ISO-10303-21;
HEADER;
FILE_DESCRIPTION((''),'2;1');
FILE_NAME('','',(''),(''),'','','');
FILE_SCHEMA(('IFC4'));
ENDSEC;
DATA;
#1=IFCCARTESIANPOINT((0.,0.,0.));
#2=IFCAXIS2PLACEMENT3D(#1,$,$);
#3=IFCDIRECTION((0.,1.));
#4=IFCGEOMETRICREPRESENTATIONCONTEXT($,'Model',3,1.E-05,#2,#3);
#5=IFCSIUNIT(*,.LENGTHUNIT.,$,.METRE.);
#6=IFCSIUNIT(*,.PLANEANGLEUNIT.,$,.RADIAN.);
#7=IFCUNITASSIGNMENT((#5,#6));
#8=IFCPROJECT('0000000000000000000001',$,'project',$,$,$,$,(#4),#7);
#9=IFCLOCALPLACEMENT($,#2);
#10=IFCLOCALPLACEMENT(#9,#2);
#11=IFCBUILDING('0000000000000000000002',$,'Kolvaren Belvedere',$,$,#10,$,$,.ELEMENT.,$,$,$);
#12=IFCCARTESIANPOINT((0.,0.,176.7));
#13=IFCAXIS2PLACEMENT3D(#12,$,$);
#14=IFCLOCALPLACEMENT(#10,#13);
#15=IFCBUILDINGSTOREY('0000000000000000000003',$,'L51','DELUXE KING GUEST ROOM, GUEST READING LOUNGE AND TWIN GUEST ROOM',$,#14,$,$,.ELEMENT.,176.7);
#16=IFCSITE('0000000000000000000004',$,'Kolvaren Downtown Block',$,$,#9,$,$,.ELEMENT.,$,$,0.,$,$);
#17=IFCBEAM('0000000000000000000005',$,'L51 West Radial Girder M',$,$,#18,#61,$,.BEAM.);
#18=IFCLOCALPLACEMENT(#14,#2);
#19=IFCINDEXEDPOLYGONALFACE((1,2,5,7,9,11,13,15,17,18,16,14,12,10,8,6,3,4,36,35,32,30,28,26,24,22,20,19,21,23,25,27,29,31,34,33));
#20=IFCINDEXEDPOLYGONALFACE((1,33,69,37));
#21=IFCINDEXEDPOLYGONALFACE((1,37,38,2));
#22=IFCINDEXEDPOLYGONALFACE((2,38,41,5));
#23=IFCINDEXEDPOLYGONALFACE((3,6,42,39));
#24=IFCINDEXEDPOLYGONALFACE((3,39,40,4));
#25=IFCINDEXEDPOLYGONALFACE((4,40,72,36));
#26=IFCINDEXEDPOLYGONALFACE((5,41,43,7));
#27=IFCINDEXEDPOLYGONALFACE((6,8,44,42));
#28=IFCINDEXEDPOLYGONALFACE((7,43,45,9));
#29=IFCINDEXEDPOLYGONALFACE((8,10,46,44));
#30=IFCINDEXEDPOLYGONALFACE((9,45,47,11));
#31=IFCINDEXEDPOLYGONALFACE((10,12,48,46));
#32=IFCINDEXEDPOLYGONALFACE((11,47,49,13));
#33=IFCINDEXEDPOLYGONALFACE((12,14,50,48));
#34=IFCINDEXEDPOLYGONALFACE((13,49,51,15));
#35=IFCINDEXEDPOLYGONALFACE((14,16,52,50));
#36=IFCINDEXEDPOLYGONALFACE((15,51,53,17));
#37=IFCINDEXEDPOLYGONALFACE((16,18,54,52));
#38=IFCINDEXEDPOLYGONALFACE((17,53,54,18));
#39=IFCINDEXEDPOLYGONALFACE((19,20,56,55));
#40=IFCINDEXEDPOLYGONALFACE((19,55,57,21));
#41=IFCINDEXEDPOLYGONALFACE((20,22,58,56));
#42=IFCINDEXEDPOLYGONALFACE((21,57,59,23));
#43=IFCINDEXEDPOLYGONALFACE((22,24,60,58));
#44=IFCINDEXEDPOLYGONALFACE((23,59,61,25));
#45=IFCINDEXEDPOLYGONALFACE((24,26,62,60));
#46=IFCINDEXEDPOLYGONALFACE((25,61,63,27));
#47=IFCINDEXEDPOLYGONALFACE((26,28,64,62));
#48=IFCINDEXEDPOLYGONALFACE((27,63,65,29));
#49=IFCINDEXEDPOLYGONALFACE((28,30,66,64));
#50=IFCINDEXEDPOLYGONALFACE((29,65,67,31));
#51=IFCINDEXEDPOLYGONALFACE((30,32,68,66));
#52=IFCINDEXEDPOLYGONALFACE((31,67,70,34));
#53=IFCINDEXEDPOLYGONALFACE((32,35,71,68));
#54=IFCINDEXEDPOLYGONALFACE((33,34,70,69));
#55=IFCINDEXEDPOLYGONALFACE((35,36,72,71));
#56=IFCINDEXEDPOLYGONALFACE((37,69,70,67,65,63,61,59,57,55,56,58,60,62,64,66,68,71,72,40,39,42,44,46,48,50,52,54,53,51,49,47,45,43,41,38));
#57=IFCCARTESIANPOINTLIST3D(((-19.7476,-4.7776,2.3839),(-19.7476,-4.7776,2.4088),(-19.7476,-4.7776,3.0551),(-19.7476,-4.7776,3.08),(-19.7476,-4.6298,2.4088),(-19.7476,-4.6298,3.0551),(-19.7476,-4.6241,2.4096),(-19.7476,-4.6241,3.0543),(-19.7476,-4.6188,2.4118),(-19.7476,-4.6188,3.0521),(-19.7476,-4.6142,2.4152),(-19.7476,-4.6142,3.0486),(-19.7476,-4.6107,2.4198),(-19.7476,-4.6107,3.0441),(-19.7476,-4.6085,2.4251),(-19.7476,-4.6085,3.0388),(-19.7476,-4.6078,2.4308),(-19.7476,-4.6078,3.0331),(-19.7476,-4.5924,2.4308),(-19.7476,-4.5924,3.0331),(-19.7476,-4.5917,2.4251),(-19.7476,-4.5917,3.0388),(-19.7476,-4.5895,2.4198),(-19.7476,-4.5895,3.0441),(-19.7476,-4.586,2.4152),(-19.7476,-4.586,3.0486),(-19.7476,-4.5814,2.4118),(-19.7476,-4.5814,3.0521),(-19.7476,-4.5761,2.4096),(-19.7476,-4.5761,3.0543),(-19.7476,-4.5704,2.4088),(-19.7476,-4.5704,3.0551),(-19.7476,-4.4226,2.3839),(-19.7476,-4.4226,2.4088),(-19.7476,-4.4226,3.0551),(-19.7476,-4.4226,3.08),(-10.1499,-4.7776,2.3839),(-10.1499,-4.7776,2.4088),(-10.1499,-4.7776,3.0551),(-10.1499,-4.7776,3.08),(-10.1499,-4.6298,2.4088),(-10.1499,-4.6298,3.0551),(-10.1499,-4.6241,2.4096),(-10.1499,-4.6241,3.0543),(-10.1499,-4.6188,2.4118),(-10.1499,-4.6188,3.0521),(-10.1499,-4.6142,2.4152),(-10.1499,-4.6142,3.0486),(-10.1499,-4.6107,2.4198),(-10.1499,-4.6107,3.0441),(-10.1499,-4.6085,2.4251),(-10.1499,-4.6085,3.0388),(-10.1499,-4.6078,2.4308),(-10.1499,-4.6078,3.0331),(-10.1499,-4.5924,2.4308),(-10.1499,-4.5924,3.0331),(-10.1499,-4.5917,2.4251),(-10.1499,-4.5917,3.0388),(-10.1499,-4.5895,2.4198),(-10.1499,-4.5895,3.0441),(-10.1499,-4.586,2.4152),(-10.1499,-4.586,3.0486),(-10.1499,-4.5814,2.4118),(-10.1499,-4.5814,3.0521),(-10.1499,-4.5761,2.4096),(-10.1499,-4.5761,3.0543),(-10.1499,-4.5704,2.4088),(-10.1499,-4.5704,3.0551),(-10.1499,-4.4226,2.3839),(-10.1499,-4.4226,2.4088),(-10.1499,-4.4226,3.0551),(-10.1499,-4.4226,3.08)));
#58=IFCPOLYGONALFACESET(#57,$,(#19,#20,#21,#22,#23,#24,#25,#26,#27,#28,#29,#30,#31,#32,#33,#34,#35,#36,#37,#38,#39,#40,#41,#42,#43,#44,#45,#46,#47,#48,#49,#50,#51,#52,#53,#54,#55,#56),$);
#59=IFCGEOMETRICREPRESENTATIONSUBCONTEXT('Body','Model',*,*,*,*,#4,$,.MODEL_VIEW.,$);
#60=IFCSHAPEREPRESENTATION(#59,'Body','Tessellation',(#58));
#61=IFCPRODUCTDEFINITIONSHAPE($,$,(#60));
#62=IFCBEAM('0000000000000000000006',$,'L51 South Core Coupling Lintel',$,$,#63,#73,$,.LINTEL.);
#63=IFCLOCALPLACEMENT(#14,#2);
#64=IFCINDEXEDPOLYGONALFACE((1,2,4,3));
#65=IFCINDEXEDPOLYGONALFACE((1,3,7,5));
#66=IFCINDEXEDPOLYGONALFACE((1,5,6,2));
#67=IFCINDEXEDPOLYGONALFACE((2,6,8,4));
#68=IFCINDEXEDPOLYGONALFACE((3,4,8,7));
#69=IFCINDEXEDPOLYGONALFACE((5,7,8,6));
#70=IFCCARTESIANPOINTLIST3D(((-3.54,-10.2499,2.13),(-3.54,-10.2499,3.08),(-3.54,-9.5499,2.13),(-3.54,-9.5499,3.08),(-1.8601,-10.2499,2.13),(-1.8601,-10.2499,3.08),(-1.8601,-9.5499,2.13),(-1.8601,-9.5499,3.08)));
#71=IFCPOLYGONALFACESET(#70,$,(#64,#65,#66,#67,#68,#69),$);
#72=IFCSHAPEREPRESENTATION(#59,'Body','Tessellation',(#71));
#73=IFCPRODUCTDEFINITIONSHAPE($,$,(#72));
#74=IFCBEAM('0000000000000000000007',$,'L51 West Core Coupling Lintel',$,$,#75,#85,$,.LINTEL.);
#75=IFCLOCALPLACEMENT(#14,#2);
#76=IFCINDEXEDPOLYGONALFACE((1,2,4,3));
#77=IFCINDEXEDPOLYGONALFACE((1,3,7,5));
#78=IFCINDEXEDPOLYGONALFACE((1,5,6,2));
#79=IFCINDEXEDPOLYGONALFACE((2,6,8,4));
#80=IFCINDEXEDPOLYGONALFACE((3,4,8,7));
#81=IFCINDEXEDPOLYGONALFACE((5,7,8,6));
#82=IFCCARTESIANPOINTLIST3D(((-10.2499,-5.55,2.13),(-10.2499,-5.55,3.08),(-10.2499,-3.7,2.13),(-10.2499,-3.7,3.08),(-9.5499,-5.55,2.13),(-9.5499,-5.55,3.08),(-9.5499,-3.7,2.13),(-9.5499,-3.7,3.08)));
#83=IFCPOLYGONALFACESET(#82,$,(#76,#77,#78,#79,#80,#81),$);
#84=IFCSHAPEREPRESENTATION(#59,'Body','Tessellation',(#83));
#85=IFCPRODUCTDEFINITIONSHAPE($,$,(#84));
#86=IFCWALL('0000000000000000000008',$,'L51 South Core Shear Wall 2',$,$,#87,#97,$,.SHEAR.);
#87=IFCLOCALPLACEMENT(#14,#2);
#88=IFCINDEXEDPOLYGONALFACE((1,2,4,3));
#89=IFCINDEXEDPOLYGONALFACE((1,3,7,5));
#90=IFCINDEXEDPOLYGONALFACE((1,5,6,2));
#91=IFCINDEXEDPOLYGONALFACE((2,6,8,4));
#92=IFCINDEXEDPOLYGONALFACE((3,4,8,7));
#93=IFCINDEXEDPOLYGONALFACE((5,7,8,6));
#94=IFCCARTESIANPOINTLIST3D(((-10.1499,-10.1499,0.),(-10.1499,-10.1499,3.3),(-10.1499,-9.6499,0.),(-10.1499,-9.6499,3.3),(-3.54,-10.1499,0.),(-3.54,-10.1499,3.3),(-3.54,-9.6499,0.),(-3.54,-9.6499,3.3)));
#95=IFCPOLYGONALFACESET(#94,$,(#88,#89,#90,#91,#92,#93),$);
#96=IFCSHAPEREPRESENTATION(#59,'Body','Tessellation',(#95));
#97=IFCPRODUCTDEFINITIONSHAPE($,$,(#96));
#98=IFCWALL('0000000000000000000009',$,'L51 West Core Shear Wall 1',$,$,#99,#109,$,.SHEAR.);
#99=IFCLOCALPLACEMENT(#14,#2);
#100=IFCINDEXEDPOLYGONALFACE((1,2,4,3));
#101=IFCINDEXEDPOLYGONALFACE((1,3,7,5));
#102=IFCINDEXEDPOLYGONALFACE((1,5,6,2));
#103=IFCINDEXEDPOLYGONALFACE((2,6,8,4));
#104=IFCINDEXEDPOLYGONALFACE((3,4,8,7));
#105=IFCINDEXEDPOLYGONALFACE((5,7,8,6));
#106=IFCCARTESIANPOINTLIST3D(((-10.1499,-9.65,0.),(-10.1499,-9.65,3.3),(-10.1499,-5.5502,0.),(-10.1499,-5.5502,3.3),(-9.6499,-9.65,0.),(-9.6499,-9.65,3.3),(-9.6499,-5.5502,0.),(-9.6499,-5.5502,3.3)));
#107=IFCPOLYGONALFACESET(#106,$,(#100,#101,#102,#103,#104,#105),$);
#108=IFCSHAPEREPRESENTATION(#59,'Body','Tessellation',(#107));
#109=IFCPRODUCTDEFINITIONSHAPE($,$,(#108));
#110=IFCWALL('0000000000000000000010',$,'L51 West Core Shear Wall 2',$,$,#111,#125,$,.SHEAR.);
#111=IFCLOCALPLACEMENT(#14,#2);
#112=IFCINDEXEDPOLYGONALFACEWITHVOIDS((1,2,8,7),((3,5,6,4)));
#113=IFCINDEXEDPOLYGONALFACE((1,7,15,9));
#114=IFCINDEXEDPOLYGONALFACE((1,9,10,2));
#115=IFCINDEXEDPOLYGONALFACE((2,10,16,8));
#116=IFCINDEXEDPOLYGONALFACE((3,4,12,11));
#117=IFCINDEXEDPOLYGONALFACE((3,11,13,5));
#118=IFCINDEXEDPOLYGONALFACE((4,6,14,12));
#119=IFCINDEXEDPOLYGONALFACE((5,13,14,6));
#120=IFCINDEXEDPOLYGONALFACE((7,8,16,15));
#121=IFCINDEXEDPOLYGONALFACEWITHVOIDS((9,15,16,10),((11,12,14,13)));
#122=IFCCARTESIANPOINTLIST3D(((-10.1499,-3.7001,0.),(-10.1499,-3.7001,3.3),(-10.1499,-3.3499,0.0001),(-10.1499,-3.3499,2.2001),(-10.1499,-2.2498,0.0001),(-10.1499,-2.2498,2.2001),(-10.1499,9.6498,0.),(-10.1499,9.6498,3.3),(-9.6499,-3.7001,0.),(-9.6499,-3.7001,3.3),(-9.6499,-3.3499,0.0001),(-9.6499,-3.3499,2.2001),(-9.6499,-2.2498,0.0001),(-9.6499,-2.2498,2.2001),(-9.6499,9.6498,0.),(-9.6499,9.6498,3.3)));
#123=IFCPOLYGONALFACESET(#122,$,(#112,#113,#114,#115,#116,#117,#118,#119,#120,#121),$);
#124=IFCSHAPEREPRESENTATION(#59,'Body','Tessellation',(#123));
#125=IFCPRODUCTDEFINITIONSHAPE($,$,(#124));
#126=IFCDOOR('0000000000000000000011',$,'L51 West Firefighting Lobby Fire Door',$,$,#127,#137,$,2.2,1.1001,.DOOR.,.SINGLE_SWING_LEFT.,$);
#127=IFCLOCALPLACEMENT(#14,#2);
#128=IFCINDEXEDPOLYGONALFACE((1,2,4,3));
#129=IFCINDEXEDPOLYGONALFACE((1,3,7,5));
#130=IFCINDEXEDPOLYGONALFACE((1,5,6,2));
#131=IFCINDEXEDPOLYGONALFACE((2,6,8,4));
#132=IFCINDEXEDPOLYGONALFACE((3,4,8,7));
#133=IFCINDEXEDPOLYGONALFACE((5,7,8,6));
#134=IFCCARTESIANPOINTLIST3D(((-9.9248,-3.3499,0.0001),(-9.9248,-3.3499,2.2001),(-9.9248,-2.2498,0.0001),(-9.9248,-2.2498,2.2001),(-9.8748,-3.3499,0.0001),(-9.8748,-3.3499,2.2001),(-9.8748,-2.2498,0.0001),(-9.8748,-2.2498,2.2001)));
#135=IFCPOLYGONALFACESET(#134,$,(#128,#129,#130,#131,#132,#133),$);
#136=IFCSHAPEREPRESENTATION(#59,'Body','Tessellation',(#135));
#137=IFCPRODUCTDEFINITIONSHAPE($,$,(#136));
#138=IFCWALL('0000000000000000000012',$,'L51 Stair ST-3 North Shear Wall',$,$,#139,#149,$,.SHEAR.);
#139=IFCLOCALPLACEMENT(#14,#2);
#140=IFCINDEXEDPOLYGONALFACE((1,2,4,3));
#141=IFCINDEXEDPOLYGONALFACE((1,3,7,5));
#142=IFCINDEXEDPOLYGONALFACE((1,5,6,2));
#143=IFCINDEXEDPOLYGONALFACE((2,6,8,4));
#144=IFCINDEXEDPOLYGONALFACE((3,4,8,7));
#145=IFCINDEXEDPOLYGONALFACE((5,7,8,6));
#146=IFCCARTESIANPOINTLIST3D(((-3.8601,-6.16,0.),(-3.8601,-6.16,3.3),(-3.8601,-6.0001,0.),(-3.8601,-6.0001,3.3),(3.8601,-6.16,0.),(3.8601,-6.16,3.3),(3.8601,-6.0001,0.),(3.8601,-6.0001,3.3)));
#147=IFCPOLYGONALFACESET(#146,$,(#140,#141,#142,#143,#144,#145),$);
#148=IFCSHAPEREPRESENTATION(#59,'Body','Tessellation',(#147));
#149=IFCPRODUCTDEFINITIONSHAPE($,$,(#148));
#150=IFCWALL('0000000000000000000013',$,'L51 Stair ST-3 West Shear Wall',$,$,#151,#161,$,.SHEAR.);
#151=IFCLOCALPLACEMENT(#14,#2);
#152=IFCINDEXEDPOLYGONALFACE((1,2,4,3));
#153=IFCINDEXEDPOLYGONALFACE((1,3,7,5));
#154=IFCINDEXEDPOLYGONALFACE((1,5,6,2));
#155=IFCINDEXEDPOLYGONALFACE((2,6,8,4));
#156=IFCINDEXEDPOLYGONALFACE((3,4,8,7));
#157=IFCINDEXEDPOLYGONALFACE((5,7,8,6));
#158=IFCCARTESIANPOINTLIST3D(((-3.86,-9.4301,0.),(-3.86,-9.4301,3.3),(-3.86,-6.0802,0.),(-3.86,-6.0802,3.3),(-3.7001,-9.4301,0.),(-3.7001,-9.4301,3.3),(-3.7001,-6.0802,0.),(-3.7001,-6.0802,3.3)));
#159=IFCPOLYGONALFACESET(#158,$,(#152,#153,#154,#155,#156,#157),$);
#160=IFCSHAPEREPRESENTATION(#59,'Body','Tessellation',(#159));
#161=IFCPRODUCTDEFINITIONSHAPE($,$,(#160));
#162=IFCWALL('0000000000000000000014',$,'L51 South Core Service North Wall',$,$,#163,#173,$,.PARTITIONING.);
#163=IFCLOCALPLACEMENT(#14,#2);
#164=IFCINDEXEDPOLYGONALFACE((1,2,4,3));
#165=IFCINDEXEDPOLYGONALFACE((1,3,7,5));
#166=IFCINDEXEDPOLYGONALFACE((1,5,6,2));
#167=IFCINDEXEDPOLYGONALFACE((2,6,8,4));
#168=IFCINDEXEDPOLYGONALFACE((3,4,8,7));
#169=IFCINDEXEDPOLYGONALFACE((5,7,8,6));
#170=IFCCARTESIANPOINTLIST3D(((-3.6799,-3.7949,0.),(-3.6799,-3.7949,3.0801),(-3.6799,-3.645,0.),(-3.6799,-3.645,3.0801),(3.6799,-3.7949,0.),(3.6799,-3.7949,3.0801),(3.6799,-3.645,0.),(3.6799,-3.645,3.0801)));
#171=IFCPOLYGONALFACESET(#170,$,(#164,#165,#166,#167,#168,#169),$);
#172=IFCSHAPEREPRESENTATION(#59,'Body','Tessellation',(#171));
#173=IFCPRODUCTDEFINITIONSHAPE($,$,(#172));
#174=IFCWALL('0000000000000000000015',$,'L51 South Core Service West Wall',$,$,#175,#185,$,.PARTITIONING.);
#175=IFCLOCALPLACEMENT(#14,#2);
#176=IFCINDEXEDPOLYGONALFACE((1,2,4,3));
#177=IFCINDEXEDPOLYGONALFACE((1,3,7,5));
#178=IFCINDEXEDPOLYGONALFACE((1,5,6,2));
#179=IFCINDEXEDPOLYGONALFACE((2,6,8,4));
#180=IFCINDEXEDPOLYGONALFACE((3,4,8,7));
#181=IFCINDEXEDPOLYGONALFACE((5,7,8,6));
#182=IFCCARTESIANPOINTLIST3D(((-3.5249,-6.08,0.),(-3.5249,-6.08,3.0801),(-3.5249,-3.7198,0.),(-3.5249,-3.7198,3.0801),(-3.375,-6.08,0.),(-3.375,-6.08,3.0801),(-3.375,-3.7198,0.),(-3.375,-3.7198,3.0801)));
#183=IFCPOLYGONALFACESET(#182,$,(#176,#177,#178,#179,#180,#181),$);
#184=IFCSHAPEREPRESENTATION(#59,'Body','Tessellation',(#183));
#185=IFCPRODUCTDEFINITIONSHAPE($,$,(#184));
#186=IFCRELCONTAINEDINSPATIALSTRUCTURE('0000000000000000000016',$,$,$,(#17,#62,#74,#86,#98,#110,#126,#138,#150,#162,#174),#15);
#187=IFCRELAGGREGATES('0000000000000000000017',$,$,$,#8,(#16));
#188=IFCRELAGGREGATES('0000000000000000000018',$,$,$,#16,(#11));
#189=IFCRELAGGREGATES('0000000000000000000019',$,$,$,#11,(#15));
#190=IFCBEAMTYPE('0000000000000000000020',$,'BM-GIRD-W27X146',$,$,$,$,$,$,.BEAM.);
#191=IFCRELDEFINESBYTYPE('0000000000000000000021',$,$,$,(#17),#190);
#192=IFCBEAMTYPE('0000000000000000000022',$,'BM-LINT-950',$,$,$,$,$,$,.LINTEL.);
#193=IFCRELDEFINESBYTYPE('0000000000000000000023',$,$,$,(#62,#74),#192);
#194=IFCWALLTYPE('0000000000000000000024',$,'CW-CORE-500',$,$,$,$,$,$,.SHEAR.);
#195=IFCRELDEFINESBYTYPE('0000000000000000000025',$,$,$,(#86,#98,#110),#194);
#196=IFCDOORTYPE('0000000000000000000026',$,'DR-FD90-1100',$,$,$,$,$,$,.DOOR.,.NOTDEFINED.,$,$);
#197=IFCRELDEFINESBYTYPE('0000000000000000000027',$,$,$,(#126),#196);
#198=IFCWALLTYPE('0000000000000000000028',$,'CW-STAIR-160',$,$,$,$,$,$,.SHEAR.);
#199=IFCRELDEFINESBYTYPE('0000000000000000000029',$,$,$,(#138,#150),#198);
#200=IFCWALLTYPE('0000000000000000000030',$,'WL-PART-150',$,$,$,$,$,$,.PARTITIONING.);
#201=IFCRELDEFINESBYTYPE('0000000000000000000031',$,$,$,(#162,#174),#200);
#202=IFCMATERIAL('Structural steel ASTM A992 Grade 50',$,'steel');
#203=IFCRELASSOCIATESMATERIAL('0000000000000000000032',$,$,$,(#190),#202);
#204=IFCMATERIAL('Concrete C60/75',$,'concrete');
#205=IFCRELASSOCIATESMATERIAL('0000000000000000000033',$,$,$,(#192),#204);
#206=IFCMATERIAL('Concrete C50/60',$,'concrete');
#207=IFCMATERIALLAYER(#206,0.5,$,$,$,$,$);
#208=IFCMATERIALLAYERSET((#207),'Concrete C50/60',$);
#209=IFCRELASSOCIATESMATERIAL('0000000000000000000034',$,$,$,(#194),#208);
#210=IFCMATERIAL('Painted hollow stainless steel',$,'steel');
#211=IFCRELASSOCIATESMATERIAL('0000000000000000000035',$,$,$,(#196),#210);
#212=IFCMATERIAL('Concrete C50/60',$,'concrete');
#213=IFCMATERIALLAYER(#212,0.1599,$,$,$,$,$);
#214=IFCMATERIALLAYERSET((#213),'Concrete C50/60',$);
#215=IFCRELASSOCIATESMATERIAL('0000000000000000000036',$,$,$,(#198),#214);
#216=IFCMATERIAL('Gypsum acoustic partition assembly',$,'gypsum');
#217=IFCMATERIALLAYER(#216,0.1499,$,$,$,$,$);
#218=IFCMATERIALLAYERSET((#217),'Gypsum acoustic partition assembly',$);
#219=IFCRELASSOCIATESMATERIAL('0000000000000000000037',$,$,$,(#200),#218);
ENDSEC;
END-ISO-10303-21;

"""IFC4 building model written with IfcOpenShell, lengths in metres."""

from ifc_helpers import new_model, si_unit, direction, frame, frame_2d, origin, origin_2d, place, context, subcontext, project, spatial, rectangle, i_section, extrude, material, layer, layer_set, material_profile, profile_set, type_object, element, fill, save


model = new_model("IFC4")

# Units and contexts
model_context = context("Model", 3, precision=1e-05, world=origin(), true_north=direction((0.0, 1.0)))
body_context = subcontext(model_context, "Body", "Model", "MODEL_VIEW")
ifc_project = project(units=[si_unit("LENGTHUNIT", "METRE"), si_unit("PLANEANGLEUNIT", "RADIAN")], contexts=[model_context])

# Site, building, storey
site_placement = place(None, origin())
site = spatial("IfcSite", under=ifc_project, at=site_placement, Name="Kolvaren Downtown Block", CompositionType="ELEMENT", RefElevation=0.0)
building_placement = place(site_placement, origin())
building = spatial("IfcBuilding", under=site, at=building_placement, Name="Kolvaren Belvedere", CompositionType="ELEMENT")
storey_placement = place(building_placement, frame((0.0, 0.0, 176.7)))
storey = spatial("IfcBuildingStorey", under=building, at=storey_placement, Name="L51", Description="DELUXE KING GUEST ROOM, GUEST READING LOUNGE AND TWIN GUEST ROOM", CompositionType="ELEMENT", Elevation=176.7)

# Beams
ifc_material_1 = material(Name="Structural steel ASTM A992 Grade 50", Category="steel")
ifc_material_profile_1 = material_profile(ifc_material_1, i_section(OverallWidth=0.355, OverallDepth=0.696, WebThickness=0.0154, FlangeThickness=0.0249, FilletRadius=0.022, at=origin_2d()), Name="W27X146")
ifc_profile_set_1 = profile_set([ifc_material_profile_1], Name="Structural steel ASTM A992 Grade 50")
beam_type_1 = type_object("IfcBeamType", Name="BM-GIRD-W27X146", PredefinedType="BEAM", material=ifc_profile_set_1)
beam_1_placement = place(storey_placement, frame((-10.1499, -4.6001, 2.7319), z_axis=(-1.0, 0.0, 0.0), x_axis=(0.0, -1.0, 0.0)))
element("IfcBeam", 1, at=beam_1_placement, inside=storey, type_object=beam_type_1, Name="L51 West Radial Girder M", PredefinedType="BEAM", context=body_context, shape_type="SweptSolid", body=[
    extrude(i_section(OverallWidth=0.355, OverallDepth=0.696, WebThickness=0.0154, FlangeThickness=0.0249, FilletRadius=0.022, at=origin_2d()), origin(), (0.0, 0.0, 1.0), 9.5977),
])
ifc_material_2 = material(Name="Concrete C60/75", Category="concrete")
ifc_material_profile_2 = material_profile(ifc_material_2, rectangle(XDim=0.7, YDim=0.95, at=origin_2d()), Name="RC 700X950")
ifc_profile_set_2 = profile_set([ifc_material_profile_2], Name="Concrete C60/75")
beam_type_2 = type_object("IfcBeamType", Name="BM-LINT-950", PredefinedType="LINTEL", material=ifc_profile_set_2)
beam_2_placement = place(storey_placement, frame((-3.54, -9.8999, 2.605), z_axis=(1.0, 0.0, 0.0), x_axis=(0.0, 1.0, 0.0)))
element("IfcBeam", 2, at=beam_2_placement, inside=storey, type_object=beam_type_2, Name="L51 South Core Coupling Lintel", PredefinedType="LINTEL", context=body_context, shape_type="SweptSolid", body=[
    extrude(rectangle(XDim=0.7, YDim=0.95, at=origin_2d()), origin(), (0.0, 0.0, 1.0), 1.6799),
])
beam_3_placement = place(storey_placement, frame((-9.8999, -5.55, 2.605), z_axis=(0.0, 1.0, 0.0), x_axis=(-1.0, 0.0, 0.0)))
element("IfcBeam", 3, at=beam_3_placement, inside=storey, type_object=beam_type_2, Name="L51 West Core Coupling Lintel", PredefinedType="LINTEL", context=body_context, shape_type="SweptSolid", body=[
    extrude(rectangle(XDim=0.7, YDim=0.95, at=origin_2d()), origin(), (0.0, 0.0, 1.0), 1.8501),
])

# Walls
ifc_material_3 = material(Name="Concrete C50/60", Category="concrete")
ifc_layer_1 = layer(ifc_material_3, 0.5)
ifc_layer_set_1 = layer_set([ifc_layer_1], Name="Concrete C50/60")
wall_type_1 = type_object("IfcWallType", Name="CW-CORE-500", PredefinedType="SHEAR", material=ifc_layer_set_1)
wall_1_placement = place(storey_placement, frame((-3.54, -9.8999, 0.0), z_axis=(0.0, 0.0, 1.0), x_axis=(-1.0, 0.0, 0.0)))
element("IfcWall", 4, at=wall_1_placement, inside=storey, type_object=wall_type_1, Name="L51 South Core Shear Wall 2", PredefinedType="SHEAR", context=body_context, shape_type="SweptSolid", body=[
    extrude(rectangle(XDim=6.6099, YDim=0.5, at=frame_2d((3.3049, 0.0))), origin(), (0.0, 0.0, 1.0), 3.3),
])
wall_2_placement = place(storey_placement, frame((-9.8999, -9.6499, 0.0), z_axis=(0.0, 0.0, 1.0), x_axis=(0.0, 1.0, 0.0)))
element("IfcWall", 5, at=wall_2_placement, inside=storey, type_object=wall_type_1, Name="L51 West Core Shear Wall 1", PredefinedType="SHEAR", context=body_context, shape_type="SweptSolid", body=[
    extrude(rectangle(XDim=4.0999, YDim=0.5, at=frame_2d((2.0498, 0.0))), origin(), (0.0, 0.0, 1.0), 3.3),
])

# Wall, opening, door
wall_3_placement = place(storey_placement, frame((-9.8999, -3.7, 0.0), z_axis=(0.0, 0.0, 1.0), x_axis=(0.0, 1.0, 0.0)))
wall_3 = element("IfcWall", 6, at=wall_3_placement, inside=storey, type_object=wall_type_1, Name="L51 West Core Shear Wall 2", PredefinedType="SHEAR", context=body_context, shape_type="SweptSolid", body=[
    extrude(rectangle(XDim=13.3499, YDim=0.5, at=frame_2d((6.6748, 0.0))), origin(), (0.0, 0.0, 1.0), 3.3),
])
opening_1_placement = place(wall_3_placement, frame((0.3501, 0.0, 0.0)))
opening_1 = element("IfcOpeningElement", 7, at=opening_1_placement, cuts=wall_3, PredefinedType="OPENING", context=body_context, shape_type="SweptSolid", body=[
    extrude(rectangle(XDim=1.1001, YDim=2.2, at=frame_2d((0.55, 1.1001))), frame((0.0, 0.26, 0.0), z_axis=(0.0, -1.0, 0.0), x_axis=(1.0, 0.0, 0.0)), (0.0, 0.0, 1.0), 0.52),
])
ifc_material_4 = material(Name="Painted hollow stainless steel", Category="steel")
door_type_1 = type_object("IfcDoorType", Name="DR-FD90-1100", OperationType="NOTDEFINED", PredefinedType="DOOR", material=ifc_material_4)
door_1_placement = place(opening_1_placement, origin())
door_1 = element("IfcDoor", 8, at=door_1_placement, inside=storey, type_object=door_type_1, Name="L51 West Firefighting Lobby Fire Door", OperationType="SINGLE_SWING_LEFT", OverallHeight=2.2, OverallWidth=1.1001, PredefinedType="DOOR", context=body_context, shape_type="SweptSolid", body=[
    extrude(rectangle(XDim=1.1001, YDim=2.2, at=frame_2d((0.55, 1.1001))), frame((0.0, 0.0249, 0.0), z_axis=(0.0, -1.0, 0.0), x_axis=(1.0, 0.0, 0.0)), (0.0, 0.0, 1.0), 0.05),
])
fill(opening_1, door_1)

# Walls
ifc_material_5 = material(Name="Concrete C50/60", Category="concrete")
ifc_layer_2 = layer(ifc_material_5, 0.1599)
ifc_layer_set_2 = layer_set([ifc_layer_2], Name="Concrete C50/60")
wall_type_2 = type_object("IfcWallType", Name="CW-STAIR-160", PredefinedType="SHEAR", material=ifc_layer_set_2)
wall_4_placement = place(storey_placement, frame((-3.8601, -6.0801, 0.0), z_axis=(0.0, 0.0, 1.0), x_axis=(1.0, 0.0, 0.0)))
element("IfcWall", 9, at=wall_4_placement, inside=storey, type_object=wall_type_2, Name="L51 Stair ST-3 North Shear Wall", PredefinedType="SHEAR", context=body_context, shape_type="SweptSolid", body=[
    extrude(rectangle(XDim=7.7202, YDim=0.1599, at=frame_2d((3.8601, 0.0))), origin(), (0.0, 0.0, 1.0), 3.3),
])
wall_5_placement = place(storey_placement, frame((-3.78, -9.4299, 0.0), z_axis=(0.0, 0.0, 1.0), x_axis=(0.0, 1.0, 0.0)))
element("IfcWall", 10, at=wall_5_placement, inside=storey, type_object=wall_type_2, Name="L51 Stair ST-3 West Shear Wall", PredefinedType="SHEAR", context=body_context, shape_type="SweptSolid", body=[
    extrude(rectangle(XDim=3.3499, YDim=0.1599, at=frame_2d((1.6748, 0.0))), origin(), (0.0, 0.0, 1.0), 3.3),
])
ifc_material_6 = material(Name="Gypsum acoustic partition assembly", Category="gypsum")
ifc_layer_3 = layer(ifc_material_6, 0.1499)
ifc_layer_set_3 = layer_set([ifc_layer_3], Name="Gypsum acoustic partition assembly")
wall_type_3 = type_object("IfcWallType", Name="WL-PART-150", PredefinedType="PARTITIONING", material=ifc_layer_set_3)
wall_6_placement = place(storey_placement, frame((-3.6799, -3.72, 0.0), z_axis=(0.0, 0.0, 1.0), x_axis=(1.0, 0.0, 0.0)))
element("IfcWall", 11, at=wall_6_placement, inside=storey, type_object=wall_type_3, Name="L51 South Core Service North Wall", PredefinedType="PARTITIONING", context=body_context, shape_type="SweptSolid", body=[
    extrude(rectangle(XDim=7.3599, YDim=0.1499, at=frame_2d((3.6799, 0.0))), origin(), (0.0, 0.0, 1.0), 3.0801),
])
wall_7_placement = place(storey_placement, frame((-3.45, -6.0801, 0.0), z_axis=(0.0, 0.0, 1.0), x_axis=(0.0, 1.0, 0.0)))
element("IfcWall", 12, at=wall_7_placement, inside=storey, type_object=wall_type_3, Name="L51 South Core Service West Wall", PredefinedType="PARTITIONING", context=body_context, shape_type="SweptSolid", body=[
    extrude(rectangle(XDim=2.3601, YDim=0.1499, at=frame_2d((1.1802, 0.0))), origin(), (0.0, 0.0, 1.0), 3.0801),
])

save(model, "model.ifc")
